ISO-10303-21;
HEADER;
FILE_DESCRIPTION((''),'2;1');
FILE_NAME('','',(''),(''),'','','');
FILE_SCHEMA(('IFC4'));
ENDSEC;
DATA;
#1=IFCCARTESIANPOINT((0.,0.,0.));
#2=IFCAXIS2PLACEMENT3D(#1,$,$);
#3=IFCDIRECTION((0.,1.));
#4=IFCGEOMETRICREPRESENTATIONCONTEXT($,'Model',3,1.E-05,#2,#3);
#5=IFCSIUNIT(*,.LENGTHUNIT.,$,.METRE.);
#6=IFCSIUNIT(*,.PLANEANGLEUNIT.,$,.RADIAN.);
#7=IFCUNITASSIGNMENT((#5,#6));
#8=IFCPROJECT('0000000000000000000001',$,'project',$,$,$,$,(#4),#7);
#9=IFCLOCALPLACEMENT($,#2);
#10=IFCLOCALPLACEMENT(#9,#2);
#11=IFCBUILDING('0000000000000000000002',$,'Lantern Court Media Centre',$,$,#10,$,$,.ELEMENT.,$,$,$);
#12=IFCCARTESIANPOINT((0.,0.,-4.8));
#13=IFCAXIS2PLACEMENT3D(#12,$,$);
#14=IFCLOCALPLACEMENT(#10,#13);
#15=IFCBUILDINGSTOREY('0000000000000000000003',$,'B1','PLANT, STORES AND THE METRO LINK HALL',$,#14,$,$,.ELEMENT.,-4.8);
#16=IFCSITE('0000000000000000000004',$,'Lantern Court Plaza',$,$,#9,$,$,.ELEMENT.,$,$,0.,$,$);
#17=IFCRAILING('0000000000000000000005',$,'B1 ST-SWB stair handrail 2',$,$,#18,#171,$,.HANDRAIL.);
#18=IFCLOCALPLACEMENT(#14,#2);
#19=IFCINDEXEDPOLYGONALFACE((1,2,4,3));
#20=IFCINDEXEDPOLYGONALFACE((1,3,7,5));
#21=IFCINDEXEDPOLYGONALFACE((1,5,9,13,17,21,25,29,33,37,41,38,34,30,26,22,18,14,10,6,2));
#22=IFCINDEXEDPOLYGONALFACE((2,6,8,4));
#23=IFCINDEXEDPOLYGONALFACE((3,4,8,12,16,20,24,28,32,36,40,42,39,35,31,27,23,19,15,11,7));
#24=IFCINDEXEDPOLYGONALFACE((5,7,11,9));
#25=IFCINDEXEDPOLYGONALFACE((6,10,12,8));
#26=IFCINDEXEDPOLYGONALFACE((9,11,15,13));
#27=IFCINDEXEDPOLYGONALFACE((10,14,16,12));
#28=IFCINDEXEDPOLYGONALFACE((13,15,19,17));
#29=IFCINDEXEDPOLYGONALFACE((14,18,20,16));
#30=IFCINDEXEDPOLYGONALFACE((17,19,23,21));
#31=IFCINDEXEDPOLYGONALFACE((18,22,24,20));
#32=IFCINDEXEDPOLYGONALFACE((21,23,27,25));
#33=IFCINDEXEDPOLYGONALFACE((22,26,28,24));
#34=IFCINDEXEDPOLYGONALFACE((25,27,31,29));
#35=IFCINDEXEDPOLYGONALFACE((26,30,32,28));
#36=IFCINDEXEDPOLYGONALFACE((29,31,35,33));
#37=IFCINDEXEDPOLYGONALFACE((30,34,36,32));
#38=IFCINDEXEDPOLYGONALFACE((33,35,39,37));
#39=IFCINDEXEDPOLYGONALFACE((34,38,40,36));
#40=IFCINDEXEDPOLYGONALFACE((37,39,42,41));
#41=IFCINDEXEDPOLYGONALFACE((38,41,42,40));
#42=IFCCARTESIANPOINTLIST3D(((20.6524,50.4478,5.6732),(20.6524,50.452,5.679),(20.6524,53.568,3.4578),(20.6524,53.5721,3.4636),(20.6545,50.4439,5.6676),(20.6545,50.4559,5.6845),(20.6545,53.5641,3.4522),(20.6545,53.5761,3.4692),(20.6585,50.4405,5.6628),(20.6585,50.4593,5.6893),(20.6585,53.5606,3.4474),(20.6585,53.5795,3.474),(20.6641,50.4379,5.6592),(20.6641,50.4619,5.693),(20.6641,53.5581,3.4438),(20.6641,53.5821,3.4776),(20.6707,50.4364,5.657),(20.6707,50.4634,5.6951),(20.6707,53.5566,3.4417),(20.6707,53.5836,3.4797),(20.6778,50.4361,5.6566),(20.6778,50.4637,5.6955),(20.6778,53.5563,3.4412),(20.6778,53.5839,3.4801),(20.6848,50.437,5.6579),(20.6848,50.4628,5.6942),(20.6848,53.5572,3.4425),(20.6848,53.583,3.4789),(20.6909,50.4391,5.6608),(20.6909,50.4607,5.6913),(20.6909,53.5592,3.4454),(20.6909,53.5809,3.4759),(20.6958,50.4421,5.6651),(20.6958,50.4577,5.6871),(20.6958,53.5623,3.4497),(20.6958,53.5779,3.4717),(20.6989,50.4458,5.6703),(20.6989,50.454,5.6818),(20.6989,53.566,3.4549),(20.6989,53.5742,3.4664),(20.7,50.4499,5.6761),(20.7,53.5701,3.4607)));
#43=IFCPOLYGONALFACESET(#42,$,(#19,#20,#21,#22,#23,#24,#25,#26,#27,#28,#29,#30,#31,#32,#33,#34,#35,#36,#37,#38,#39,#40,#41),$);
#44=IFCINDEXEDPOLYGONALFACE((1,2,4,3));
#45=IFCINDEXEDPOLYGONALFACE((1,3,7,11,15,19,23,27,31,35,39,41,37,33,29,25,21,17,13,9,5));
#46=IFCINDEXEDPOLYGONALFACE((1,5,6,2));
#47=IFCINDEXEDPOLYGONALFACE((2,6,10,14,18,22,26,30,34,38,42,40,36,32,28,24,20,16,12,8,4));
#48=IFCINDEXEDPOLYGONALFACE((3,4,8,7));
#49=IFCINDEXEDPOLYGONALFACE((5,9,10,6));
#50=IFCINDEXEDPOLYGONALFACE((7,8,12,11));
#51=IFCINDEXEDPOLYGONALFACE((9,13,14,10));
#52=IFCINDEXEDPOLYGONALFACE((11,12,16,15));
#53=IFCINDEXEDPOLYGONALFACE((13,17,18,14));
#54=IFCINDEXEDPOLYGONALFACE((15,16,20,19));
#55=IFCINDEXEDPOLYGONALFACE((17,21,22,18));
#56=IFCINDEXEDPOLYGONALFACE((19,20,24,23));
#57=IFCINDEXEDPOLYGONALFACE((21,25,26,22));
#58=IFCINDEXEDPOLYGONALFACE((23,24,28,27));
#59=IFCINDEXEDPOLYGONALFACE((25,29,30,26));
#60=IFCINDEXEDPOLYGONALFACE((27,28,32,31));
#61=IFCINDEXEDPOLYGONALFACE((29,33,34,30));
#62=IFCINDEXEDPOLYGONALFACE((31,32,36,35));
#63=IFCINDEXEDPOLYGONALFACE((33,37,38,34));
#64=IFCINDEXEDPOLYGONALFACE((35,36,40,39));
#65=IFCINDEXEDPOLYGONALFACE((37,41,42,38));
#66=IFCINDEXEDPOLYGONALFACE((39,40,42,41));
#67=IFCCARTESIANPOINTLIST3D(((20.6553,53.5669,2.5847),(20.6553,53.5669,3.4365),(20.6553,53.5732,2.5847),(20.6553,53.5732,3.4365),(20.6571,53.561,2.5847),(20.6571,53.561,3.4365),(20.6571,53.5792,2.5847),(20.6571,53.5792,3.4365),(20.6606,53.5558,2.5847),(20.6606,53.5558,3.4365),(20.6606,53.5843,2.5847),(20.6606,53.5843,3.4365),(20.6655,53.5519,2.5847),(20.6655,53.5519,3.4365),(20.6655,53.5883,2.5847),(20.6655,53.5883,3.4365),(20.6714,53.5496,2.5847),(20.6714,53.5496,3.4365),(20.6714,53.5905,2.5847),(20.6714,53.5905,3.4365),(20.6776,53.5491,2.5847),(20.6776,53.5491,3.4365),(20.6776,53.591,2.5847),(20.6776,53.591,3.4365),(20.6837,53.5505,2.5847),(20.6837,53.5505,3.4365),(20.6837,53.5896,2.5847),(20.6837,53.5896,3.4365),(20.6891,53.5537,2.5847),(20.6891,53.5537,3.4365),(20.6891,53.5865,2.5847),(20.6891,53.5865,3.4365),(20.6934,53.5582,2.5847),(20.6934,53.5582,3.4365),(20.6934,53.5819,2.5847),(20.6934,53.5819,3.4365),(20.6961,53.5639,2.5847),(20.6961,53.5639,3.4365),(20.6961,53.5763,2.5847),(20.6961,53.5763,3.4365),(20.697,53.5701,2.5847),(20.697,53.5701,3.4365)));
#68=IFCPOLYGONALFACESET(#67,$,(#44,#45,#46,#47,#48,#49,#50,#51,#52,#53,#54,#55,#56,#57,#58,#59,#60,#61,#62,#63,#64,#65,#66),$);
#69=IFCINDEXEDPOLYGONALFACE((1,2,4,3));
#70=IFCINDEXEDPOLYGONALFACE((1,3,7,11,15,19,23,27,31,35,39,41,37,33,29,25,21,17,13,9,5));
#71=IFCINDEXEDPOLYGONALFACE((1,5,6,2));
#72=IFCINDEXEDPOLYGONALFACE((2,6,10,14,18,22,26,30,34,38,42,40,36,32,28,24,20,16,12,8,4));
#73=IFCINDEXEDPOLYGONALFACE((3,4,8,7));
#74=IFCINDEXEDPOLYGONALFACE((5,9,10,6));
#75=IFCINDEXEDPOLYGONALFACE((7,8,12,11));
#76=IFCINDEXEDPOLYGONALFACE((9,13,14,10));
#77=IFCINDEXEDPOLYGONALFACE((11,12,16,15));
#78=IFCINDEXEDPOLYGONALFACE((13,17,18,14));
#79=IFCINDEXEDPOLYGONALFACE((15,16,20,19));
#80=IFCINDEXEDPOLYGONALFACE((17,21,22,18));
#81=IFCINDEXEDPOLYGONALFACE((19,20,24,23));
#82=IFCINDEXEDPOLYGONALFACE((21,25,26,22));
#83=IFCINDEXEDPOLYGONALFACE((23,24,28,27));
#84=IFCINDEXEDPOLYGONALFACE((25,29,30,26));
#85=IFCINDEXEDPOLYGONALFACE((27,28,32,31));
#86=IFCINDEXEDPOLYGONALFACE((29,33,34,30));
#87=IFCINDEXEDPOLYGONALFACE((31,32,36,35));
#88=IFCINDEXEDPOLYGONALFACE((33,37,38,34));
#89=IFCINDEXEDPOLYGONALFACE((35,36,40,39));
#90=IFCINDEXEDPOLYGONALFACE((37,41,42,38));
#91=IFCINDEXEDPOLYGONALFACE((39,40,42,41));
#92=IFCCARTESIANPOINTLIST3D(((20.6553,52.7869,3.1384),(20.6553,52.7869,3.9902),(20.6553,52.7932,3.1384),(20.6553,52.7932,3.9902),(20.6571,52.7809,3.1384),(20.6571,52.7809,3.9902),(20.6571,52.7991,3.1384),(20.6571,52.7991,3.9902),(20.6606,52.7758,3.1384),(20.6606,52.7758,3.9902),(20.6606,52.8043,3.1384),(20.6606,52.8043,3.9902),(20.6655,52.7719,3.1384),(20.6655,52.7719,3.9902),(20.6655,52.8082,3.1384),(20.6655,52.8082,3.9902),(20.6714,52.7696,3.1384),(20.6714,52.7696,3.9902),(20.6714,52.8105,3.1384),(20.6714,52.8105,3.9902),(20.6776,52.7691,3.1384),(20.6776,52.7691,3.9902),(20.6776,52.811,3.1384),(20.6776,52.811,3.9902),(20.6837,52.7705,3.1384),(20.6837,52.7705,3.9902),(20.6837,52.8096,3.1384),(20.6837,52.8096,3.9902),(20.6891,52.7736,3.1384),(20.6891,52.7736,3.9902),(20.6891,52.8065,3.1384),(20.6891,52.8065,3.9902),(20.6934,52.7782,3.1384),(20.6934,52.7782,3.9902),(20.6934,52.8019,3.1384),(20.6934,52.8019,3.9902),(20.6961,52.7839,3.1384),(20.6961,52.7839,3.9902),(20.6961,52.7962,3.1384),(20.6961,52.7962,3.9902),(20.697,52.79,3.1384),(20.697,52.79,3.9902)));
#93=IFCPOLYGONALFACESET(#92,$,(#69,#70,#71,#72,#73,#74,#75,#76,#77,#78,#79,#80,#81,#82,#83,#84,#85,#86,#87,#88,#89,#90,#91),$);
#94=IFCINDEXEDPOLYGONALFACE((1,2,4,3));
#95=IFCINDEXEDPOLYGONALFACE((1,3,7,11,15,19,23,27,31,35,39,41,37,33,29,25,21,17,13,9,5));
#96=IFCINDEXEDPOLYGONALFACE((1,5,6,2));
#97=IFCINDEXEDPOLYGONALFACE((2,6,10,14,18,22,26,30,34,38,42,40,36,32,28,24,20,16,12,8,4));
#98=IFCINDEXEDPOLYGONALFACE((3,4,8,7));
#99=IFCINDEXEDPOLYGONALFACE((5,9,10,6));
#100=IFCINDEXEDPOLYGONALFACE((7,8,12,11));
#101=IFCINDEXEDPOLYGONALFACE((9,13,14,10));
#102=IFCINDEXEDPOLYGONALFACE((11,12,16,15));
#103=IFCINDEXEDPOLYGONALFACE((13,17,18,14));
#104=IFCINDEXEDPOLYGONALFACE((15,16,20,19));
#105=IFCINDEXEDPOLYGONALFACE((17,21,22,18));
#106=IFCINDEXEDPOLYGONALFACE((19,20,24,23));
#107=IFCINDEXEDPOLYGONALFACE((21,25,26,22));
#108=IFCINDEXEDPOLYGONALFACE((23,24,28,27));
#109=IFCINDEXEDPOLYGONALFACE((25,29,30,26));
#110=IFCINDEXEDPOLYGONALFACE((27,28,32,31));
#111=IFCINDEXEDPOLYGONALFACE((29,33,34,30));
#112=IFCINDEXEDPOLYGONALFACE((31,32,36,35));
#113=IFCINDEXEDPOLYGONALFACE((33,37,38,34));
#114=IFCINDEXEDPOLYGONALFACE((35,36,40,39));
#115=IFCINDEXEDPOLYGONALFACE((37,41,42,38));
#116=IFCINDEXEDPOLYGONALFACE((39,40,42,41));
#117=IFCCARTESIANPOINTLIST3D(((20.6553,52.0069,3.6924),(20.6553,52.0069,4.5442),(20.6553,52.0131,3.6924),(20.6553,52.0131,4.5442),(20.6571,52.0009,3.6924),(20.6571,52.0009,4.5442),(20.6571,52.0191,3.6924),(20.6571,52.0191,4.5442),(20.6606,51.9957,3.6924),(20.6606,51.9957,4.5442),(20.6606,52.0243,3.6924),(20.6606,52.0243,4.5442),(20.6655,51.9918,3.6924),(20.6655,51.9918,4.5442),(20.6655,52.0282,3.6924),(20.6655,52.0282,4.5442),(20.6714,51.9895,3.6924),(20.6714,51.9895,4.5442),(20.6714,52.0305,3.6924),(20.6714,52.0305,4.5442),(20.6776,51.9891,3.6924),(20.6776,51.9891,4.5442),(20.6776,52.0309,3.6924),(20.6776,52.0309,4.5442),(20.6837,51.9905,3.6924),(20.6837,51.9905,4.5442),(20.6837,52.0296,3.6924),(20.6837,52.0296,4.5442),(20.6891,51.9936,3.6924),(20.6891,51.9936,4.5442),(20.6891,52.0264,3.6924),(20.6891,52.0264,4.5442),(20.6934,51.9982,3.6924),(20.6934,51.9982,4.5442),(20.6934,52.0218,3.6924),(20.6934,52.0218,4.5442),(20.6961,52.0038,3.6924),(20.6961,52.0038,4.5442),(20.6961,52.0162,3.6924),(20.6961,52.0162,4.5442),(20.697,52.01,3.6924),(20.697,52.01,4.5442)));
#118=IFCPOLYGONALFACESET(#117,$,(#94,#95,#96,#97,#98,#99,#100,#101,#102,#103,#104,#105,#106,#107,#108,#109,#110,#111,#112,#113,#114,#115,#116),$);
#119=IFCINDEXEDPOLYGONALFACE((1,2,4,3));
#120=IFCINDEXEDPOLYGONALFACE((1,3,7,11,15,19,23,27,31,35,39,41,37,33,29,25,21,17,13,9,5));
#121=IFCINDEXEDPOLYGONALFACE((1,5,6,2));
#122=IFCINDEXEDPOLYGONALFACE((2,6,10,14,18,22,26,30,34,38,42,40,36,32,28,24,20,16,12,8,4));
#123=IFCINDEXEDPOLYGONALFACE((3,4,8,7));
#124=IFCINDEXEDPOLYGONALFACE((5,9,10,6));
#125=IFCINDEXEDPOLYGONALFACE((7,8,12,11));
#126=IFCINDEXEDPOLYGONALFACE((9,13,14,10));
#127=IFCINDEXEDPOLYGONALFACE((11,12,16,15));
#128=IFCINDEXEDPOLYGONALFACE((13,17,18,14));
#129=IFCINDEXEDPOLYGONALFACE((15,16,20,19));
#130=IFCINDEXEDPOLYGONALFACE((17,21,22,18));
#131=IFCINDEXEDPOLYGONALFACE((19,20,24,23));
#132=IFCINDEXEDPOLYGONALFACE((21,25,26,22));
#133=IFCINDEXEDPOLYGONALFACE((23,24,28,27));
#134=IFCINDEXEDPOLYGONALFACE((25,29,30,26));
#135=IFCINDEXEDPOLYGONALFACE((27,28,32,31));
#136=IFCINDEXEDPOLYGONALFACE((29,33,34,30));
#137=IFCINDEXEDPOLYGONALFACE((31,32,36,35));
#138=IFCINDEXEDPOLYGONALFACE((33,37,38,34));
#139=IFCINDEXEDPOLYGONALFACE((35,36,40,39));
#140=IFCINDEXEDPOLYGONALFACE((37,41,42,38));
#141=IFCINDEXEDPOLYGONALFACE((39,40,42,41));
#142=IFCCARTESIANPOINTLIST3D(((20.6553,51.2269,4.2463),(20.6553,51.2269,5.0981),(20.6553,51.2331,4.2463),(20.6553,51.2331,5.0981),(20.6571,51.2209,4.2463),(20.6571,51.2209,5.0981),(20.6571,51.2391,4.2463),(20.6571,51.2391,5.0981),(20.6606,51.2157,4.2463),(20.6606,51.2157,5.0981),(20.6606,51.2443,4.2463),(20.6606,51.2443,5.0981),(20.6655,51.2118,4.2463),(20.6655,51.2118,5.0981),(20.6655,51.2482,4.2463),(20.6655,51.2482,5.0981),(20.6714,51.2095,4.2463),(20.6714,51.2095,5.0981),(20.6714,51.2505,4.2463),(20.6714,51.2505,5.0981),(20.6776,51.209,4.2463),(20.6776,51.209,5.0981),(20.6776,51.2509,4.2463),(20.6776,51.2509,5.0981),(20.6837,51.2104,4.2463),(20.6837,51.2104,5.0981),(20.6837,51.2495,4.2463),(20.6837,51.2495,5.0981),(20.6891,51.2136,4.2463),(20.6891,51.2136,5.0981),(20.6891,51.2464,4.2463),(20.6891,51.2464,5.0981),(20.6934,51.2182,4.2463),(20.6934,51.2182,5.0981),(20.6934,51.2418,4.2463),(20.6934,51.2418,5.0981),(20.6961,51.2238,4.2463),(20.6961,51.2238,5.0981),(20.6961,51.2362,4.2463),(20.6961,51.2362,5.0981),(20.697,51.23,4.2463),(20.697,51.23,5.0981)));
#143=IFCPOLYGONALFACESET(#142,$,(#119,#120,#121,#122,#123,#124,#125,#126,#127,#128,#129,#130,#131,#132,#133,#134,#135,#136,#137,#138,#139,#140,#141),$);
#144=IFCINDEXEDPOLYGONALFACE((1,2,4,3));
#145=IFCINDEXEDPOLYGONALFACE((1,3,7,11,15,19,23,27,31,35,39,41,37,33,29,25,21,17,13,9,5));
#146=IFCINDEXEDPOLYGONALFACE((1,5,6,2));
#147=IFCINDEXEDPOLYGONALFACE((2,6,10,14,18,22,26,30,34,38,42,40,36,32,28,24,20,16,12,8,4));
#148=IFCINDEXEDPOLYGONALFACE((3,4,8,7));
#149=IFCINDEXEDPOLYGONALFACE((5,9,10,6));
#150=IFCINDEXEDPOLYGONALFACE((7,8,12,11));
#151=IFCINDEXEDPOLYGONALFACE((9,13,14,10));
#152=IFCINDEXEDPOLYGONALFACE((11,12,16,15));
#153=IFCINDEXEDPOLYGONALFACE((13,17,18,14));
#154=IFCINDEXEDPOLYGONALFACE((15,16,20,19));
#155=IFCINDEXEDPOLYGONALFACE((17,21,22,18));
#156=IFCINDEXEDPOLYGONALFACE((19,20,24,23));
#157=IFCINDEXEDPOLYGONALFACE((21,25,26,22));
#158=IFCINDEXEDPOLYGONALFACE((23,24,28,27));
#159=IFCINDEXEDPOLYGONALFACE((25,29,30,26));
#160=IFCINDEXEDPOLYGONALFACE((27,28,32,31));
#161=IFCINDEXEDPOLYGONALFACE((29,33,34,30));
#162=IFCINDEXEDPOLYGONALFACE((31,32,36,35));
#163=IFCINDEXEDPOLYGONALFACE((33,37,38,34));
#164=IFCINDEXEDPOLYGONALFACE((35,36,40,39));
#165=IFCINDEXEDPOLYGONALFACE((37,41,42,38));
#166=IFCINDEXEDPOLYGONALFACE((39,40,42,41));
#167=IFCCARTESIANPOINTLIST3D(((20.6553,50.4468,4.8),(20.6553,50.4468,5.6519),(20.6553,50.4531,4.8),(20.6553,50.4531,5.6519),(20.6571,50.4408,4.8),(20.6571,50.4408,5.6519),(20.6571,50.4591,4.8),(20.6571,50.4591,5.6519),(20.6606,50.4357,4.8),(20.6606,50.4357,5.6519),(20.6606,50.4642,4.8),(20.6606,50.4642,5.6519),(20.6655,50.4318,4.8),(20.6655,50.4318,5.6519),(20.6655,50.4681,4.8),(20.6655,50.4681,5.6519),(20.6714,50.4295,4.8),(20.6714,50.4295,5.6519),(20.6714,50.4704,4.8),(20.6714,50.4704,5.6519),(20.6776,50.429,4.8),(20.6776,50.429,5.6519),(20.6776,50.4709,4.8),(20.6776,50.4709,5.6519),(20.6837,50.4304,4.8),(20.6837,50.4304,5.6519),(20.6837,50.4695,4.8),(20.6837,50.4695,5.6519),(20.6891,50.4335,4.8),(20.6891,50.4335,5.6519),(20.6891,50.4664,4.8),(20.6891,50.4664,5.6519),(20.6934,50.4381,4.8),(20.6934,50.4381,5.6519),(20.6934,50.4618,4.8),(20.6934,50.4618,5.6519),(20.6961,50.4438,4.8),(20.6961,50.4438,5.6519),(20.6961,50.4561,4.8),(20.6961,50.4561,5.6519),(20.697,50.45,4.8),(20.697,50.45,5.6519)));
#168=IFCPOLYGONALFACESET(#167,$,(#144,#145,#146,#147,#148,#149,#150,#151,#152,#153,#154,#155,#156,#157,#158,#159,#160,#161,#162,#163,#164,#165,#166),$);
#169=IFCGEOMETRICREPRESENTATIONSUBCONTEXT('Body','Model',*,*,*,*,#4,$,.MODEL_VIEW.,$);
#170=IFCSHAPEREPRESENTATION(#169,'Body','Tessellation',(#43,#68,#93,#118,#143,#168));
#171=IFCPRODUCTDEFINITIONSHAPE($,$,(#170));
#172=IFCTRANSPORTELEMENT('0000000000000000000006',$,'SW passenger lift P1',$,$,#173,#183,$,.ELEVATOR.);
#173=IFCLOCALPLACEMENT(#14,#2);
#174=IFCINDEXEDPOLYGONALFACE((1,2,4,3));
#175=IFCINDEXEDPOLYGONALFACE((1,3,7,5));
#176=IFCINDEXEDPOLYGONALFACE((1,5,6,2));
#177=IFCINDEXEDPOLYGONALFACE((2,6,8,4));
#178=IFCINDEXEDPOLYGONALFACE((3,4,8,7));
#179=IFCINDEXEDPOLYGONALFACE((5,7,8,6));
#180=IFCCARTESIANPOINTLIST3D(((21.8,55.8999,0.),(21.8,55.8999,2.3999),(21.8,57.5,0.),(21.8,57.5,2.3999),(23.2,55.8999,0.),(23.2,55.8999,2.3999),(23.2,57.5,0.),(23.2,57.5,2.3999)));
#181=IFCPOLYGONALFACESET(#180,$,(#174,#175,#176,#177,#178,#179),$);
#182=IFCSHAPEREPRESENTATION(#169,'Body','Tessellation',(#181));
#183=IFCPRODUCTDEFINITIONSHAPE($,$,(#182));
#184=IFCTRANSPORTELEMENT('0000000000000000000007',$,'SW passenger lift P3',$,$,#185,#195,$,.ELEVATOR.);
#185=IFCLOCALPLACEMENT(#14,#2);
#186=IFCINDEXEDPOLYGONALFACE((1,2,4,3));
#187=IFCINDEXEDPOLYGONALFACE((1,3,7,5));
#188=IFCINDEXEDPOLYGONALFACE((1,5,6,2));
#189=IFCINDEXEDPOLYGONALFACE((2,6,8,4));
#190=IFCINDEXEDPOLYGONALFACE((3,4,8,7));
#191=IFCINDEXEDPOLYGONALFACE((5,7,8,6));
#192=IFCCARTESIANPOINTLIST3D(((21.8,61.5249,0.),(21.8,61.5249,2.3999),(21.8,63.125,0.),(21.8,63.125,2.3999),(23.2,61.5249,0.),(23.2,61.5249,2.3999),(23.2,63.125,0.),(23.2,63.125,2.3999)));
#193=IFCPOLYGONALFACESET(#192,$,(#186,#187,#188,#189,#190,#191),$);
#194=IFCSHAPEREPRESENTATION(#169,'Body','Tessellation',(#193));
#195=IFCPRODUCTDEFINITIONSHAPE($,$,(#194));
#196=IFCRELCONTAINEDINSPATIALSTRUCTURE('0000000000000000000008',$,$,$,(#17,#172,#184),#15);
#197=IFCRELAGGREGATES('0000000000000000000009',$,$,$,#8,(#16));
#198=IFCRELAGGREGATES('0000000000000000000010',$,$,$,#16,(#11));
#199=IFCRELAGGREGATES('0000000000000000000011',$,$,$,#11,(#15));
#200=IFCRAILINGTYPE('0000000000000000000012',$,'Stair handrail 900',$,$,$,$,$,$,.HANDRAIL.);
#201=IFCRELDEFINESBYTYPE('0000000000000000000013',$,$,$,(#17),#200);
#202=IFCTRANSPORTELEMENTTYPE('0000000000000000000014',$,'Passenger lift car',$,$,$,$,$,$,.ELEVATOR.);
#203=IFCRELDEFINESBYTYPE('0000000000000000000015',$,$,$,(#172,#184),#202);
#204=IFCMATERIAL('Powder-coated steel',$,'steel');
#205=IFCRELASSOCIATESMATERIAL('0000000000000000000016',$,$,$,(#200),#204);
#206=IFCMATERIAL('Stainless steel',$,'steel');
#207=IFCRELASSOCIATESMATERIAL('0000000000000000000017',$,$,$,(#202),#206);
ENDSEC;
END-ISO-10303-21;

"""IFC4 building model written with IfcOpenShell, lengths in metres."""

from ifc_helpers import new_model, si_unit, direction, frame, origin, origin_2d, place, context, subcontext, project, spatial, rectangle, circle, extrude, material, type_object, element, save


model = new_model("IFC4")

# Units and contexts
model_context = context("Model", 3, precision=1e-05, world=origin(), true_north=direction((0.0, 1.0)))
body_context = subcontext(model_context, "Body", "Model", "MODEL_VIEW")
ifc_project = project(units=[si_unit("LENGTHUNIT", "METRE"), si_unit("PLANEANGLEUNIT", "RADIAN")], contexts=[model_context])

# Site, building, storey
site_placement = place(None, origin())
site = spatial("IfcSite", under=ifc_project, at=site_placement, Name="Lantern Court Plaza", CompositionType="ELEMENT", RefElevation=0.0)
building_placement = place(site_placement, origin())
building = spatial("IfcBuilding", under=site, at=building_placement, Name="Lantern Court Media Centre", CompositionType="ELEMENT")
storey_placement = place(building_placement, frame((0.0, 0.0, -4.8)))
storey = spatial("IfcBuildingStorey", under=building, at=storey_placement, Name="B1", Description="PLANT, STORES AND THE METRO LINK HALL", CompositionType="ELEMENT", Elevation=-4.8)

# Railing
ifc_material_1 = material(Name="Powder-coated steel", Category="steel")
railing_type_1 = type_object("IfcRailingType", Name="Stair handrail 900", PredefinedType="HANDRAIL", material=ifc_material_1)
railing_1_placement = place(storey_placement, frame((20.676, 53.5701, 2.5847)))
element("IfcRailing", 1, at=railing_1_placement, inside=storey, type_object=railing_type_1, Name="B1 ST-SWB stair handrail 2", PredefinedType="HANDRAIL", context=body_context, shape_type="SweptSolid", body=[
    extrude(circle(Radius=0.0239, at=origin_2d()), frame((0.0, 0.0, 0.876), z_axis=(0.0, -0.815377, 0.57893), x_axis=(1.0, 0.0, 0.0)), (0.0, 0.0, 1.0), 3.8267),
    extrude(circle(Radius=0.021, at=origin_2d()), origin(), (0.0, 0.0, 1.0), 0.8518),
    extrude(circle(Radius=0.021, at=origin_2d()), frame((0.0, -0.78, 0.5537)), (0.0, 0.0, 1.0), 0.8518),
    extrude(circle(Radius=0.021, at=origin_2d()), frame((0.0, -1.5601, 1.1077)), (0.0, 0.0, 1.0), 0.8518),
    extrude(circle(Radius=0.021, at=origin_2d()), frame((0.0, -2.3401, 1.6616)), (0.0, 0.0, 1.0), 0.8518),
    extrude(circle(Radius=0.021, at=origin_2d()), frame((0.0, -3.1201, 2.2153)), (0.0, 0.0, 1.0), 0.8518),
])

# Transport elements
ifc_material_2 = material(Name="Stainless steel", Category="steel")
transport_element_type = type_object("IfcTransportElementType", Name="Passenger lift car", PredefinedType="ELEVATOR", material=ifc_material_2)
for number, where, z_axis, x_axis, name in (
    (2, (22.5, 56.7, 0.0), (0.0, 0.0, 1.0), (1.0, 0.0, 0.0), "SW passenger lift P1"),
    (3, (22.5, 62.325, 0.0), (0.0, 0.0, 1.0), (1.0, 0.0, 0.0), "SW passenger lift P3"),
):
    element("IfcTransportElement", number, at=place(storey_placement, frame(where, z_axis=z_axis, x_axis=x_axis)), inside=storey, type_object=transport_element_type, Name=name, PredefinedType="ELEVATOR", context=body_context, shape_type="SweptSolid", body=[
        extrude(rectangle(XDim=1.3999, YDim=1.6001, at=origin_2d()), origin(), (0.0, 0.0, 1.0), 2.3999),
    ])

save(model, "model.ifc")
